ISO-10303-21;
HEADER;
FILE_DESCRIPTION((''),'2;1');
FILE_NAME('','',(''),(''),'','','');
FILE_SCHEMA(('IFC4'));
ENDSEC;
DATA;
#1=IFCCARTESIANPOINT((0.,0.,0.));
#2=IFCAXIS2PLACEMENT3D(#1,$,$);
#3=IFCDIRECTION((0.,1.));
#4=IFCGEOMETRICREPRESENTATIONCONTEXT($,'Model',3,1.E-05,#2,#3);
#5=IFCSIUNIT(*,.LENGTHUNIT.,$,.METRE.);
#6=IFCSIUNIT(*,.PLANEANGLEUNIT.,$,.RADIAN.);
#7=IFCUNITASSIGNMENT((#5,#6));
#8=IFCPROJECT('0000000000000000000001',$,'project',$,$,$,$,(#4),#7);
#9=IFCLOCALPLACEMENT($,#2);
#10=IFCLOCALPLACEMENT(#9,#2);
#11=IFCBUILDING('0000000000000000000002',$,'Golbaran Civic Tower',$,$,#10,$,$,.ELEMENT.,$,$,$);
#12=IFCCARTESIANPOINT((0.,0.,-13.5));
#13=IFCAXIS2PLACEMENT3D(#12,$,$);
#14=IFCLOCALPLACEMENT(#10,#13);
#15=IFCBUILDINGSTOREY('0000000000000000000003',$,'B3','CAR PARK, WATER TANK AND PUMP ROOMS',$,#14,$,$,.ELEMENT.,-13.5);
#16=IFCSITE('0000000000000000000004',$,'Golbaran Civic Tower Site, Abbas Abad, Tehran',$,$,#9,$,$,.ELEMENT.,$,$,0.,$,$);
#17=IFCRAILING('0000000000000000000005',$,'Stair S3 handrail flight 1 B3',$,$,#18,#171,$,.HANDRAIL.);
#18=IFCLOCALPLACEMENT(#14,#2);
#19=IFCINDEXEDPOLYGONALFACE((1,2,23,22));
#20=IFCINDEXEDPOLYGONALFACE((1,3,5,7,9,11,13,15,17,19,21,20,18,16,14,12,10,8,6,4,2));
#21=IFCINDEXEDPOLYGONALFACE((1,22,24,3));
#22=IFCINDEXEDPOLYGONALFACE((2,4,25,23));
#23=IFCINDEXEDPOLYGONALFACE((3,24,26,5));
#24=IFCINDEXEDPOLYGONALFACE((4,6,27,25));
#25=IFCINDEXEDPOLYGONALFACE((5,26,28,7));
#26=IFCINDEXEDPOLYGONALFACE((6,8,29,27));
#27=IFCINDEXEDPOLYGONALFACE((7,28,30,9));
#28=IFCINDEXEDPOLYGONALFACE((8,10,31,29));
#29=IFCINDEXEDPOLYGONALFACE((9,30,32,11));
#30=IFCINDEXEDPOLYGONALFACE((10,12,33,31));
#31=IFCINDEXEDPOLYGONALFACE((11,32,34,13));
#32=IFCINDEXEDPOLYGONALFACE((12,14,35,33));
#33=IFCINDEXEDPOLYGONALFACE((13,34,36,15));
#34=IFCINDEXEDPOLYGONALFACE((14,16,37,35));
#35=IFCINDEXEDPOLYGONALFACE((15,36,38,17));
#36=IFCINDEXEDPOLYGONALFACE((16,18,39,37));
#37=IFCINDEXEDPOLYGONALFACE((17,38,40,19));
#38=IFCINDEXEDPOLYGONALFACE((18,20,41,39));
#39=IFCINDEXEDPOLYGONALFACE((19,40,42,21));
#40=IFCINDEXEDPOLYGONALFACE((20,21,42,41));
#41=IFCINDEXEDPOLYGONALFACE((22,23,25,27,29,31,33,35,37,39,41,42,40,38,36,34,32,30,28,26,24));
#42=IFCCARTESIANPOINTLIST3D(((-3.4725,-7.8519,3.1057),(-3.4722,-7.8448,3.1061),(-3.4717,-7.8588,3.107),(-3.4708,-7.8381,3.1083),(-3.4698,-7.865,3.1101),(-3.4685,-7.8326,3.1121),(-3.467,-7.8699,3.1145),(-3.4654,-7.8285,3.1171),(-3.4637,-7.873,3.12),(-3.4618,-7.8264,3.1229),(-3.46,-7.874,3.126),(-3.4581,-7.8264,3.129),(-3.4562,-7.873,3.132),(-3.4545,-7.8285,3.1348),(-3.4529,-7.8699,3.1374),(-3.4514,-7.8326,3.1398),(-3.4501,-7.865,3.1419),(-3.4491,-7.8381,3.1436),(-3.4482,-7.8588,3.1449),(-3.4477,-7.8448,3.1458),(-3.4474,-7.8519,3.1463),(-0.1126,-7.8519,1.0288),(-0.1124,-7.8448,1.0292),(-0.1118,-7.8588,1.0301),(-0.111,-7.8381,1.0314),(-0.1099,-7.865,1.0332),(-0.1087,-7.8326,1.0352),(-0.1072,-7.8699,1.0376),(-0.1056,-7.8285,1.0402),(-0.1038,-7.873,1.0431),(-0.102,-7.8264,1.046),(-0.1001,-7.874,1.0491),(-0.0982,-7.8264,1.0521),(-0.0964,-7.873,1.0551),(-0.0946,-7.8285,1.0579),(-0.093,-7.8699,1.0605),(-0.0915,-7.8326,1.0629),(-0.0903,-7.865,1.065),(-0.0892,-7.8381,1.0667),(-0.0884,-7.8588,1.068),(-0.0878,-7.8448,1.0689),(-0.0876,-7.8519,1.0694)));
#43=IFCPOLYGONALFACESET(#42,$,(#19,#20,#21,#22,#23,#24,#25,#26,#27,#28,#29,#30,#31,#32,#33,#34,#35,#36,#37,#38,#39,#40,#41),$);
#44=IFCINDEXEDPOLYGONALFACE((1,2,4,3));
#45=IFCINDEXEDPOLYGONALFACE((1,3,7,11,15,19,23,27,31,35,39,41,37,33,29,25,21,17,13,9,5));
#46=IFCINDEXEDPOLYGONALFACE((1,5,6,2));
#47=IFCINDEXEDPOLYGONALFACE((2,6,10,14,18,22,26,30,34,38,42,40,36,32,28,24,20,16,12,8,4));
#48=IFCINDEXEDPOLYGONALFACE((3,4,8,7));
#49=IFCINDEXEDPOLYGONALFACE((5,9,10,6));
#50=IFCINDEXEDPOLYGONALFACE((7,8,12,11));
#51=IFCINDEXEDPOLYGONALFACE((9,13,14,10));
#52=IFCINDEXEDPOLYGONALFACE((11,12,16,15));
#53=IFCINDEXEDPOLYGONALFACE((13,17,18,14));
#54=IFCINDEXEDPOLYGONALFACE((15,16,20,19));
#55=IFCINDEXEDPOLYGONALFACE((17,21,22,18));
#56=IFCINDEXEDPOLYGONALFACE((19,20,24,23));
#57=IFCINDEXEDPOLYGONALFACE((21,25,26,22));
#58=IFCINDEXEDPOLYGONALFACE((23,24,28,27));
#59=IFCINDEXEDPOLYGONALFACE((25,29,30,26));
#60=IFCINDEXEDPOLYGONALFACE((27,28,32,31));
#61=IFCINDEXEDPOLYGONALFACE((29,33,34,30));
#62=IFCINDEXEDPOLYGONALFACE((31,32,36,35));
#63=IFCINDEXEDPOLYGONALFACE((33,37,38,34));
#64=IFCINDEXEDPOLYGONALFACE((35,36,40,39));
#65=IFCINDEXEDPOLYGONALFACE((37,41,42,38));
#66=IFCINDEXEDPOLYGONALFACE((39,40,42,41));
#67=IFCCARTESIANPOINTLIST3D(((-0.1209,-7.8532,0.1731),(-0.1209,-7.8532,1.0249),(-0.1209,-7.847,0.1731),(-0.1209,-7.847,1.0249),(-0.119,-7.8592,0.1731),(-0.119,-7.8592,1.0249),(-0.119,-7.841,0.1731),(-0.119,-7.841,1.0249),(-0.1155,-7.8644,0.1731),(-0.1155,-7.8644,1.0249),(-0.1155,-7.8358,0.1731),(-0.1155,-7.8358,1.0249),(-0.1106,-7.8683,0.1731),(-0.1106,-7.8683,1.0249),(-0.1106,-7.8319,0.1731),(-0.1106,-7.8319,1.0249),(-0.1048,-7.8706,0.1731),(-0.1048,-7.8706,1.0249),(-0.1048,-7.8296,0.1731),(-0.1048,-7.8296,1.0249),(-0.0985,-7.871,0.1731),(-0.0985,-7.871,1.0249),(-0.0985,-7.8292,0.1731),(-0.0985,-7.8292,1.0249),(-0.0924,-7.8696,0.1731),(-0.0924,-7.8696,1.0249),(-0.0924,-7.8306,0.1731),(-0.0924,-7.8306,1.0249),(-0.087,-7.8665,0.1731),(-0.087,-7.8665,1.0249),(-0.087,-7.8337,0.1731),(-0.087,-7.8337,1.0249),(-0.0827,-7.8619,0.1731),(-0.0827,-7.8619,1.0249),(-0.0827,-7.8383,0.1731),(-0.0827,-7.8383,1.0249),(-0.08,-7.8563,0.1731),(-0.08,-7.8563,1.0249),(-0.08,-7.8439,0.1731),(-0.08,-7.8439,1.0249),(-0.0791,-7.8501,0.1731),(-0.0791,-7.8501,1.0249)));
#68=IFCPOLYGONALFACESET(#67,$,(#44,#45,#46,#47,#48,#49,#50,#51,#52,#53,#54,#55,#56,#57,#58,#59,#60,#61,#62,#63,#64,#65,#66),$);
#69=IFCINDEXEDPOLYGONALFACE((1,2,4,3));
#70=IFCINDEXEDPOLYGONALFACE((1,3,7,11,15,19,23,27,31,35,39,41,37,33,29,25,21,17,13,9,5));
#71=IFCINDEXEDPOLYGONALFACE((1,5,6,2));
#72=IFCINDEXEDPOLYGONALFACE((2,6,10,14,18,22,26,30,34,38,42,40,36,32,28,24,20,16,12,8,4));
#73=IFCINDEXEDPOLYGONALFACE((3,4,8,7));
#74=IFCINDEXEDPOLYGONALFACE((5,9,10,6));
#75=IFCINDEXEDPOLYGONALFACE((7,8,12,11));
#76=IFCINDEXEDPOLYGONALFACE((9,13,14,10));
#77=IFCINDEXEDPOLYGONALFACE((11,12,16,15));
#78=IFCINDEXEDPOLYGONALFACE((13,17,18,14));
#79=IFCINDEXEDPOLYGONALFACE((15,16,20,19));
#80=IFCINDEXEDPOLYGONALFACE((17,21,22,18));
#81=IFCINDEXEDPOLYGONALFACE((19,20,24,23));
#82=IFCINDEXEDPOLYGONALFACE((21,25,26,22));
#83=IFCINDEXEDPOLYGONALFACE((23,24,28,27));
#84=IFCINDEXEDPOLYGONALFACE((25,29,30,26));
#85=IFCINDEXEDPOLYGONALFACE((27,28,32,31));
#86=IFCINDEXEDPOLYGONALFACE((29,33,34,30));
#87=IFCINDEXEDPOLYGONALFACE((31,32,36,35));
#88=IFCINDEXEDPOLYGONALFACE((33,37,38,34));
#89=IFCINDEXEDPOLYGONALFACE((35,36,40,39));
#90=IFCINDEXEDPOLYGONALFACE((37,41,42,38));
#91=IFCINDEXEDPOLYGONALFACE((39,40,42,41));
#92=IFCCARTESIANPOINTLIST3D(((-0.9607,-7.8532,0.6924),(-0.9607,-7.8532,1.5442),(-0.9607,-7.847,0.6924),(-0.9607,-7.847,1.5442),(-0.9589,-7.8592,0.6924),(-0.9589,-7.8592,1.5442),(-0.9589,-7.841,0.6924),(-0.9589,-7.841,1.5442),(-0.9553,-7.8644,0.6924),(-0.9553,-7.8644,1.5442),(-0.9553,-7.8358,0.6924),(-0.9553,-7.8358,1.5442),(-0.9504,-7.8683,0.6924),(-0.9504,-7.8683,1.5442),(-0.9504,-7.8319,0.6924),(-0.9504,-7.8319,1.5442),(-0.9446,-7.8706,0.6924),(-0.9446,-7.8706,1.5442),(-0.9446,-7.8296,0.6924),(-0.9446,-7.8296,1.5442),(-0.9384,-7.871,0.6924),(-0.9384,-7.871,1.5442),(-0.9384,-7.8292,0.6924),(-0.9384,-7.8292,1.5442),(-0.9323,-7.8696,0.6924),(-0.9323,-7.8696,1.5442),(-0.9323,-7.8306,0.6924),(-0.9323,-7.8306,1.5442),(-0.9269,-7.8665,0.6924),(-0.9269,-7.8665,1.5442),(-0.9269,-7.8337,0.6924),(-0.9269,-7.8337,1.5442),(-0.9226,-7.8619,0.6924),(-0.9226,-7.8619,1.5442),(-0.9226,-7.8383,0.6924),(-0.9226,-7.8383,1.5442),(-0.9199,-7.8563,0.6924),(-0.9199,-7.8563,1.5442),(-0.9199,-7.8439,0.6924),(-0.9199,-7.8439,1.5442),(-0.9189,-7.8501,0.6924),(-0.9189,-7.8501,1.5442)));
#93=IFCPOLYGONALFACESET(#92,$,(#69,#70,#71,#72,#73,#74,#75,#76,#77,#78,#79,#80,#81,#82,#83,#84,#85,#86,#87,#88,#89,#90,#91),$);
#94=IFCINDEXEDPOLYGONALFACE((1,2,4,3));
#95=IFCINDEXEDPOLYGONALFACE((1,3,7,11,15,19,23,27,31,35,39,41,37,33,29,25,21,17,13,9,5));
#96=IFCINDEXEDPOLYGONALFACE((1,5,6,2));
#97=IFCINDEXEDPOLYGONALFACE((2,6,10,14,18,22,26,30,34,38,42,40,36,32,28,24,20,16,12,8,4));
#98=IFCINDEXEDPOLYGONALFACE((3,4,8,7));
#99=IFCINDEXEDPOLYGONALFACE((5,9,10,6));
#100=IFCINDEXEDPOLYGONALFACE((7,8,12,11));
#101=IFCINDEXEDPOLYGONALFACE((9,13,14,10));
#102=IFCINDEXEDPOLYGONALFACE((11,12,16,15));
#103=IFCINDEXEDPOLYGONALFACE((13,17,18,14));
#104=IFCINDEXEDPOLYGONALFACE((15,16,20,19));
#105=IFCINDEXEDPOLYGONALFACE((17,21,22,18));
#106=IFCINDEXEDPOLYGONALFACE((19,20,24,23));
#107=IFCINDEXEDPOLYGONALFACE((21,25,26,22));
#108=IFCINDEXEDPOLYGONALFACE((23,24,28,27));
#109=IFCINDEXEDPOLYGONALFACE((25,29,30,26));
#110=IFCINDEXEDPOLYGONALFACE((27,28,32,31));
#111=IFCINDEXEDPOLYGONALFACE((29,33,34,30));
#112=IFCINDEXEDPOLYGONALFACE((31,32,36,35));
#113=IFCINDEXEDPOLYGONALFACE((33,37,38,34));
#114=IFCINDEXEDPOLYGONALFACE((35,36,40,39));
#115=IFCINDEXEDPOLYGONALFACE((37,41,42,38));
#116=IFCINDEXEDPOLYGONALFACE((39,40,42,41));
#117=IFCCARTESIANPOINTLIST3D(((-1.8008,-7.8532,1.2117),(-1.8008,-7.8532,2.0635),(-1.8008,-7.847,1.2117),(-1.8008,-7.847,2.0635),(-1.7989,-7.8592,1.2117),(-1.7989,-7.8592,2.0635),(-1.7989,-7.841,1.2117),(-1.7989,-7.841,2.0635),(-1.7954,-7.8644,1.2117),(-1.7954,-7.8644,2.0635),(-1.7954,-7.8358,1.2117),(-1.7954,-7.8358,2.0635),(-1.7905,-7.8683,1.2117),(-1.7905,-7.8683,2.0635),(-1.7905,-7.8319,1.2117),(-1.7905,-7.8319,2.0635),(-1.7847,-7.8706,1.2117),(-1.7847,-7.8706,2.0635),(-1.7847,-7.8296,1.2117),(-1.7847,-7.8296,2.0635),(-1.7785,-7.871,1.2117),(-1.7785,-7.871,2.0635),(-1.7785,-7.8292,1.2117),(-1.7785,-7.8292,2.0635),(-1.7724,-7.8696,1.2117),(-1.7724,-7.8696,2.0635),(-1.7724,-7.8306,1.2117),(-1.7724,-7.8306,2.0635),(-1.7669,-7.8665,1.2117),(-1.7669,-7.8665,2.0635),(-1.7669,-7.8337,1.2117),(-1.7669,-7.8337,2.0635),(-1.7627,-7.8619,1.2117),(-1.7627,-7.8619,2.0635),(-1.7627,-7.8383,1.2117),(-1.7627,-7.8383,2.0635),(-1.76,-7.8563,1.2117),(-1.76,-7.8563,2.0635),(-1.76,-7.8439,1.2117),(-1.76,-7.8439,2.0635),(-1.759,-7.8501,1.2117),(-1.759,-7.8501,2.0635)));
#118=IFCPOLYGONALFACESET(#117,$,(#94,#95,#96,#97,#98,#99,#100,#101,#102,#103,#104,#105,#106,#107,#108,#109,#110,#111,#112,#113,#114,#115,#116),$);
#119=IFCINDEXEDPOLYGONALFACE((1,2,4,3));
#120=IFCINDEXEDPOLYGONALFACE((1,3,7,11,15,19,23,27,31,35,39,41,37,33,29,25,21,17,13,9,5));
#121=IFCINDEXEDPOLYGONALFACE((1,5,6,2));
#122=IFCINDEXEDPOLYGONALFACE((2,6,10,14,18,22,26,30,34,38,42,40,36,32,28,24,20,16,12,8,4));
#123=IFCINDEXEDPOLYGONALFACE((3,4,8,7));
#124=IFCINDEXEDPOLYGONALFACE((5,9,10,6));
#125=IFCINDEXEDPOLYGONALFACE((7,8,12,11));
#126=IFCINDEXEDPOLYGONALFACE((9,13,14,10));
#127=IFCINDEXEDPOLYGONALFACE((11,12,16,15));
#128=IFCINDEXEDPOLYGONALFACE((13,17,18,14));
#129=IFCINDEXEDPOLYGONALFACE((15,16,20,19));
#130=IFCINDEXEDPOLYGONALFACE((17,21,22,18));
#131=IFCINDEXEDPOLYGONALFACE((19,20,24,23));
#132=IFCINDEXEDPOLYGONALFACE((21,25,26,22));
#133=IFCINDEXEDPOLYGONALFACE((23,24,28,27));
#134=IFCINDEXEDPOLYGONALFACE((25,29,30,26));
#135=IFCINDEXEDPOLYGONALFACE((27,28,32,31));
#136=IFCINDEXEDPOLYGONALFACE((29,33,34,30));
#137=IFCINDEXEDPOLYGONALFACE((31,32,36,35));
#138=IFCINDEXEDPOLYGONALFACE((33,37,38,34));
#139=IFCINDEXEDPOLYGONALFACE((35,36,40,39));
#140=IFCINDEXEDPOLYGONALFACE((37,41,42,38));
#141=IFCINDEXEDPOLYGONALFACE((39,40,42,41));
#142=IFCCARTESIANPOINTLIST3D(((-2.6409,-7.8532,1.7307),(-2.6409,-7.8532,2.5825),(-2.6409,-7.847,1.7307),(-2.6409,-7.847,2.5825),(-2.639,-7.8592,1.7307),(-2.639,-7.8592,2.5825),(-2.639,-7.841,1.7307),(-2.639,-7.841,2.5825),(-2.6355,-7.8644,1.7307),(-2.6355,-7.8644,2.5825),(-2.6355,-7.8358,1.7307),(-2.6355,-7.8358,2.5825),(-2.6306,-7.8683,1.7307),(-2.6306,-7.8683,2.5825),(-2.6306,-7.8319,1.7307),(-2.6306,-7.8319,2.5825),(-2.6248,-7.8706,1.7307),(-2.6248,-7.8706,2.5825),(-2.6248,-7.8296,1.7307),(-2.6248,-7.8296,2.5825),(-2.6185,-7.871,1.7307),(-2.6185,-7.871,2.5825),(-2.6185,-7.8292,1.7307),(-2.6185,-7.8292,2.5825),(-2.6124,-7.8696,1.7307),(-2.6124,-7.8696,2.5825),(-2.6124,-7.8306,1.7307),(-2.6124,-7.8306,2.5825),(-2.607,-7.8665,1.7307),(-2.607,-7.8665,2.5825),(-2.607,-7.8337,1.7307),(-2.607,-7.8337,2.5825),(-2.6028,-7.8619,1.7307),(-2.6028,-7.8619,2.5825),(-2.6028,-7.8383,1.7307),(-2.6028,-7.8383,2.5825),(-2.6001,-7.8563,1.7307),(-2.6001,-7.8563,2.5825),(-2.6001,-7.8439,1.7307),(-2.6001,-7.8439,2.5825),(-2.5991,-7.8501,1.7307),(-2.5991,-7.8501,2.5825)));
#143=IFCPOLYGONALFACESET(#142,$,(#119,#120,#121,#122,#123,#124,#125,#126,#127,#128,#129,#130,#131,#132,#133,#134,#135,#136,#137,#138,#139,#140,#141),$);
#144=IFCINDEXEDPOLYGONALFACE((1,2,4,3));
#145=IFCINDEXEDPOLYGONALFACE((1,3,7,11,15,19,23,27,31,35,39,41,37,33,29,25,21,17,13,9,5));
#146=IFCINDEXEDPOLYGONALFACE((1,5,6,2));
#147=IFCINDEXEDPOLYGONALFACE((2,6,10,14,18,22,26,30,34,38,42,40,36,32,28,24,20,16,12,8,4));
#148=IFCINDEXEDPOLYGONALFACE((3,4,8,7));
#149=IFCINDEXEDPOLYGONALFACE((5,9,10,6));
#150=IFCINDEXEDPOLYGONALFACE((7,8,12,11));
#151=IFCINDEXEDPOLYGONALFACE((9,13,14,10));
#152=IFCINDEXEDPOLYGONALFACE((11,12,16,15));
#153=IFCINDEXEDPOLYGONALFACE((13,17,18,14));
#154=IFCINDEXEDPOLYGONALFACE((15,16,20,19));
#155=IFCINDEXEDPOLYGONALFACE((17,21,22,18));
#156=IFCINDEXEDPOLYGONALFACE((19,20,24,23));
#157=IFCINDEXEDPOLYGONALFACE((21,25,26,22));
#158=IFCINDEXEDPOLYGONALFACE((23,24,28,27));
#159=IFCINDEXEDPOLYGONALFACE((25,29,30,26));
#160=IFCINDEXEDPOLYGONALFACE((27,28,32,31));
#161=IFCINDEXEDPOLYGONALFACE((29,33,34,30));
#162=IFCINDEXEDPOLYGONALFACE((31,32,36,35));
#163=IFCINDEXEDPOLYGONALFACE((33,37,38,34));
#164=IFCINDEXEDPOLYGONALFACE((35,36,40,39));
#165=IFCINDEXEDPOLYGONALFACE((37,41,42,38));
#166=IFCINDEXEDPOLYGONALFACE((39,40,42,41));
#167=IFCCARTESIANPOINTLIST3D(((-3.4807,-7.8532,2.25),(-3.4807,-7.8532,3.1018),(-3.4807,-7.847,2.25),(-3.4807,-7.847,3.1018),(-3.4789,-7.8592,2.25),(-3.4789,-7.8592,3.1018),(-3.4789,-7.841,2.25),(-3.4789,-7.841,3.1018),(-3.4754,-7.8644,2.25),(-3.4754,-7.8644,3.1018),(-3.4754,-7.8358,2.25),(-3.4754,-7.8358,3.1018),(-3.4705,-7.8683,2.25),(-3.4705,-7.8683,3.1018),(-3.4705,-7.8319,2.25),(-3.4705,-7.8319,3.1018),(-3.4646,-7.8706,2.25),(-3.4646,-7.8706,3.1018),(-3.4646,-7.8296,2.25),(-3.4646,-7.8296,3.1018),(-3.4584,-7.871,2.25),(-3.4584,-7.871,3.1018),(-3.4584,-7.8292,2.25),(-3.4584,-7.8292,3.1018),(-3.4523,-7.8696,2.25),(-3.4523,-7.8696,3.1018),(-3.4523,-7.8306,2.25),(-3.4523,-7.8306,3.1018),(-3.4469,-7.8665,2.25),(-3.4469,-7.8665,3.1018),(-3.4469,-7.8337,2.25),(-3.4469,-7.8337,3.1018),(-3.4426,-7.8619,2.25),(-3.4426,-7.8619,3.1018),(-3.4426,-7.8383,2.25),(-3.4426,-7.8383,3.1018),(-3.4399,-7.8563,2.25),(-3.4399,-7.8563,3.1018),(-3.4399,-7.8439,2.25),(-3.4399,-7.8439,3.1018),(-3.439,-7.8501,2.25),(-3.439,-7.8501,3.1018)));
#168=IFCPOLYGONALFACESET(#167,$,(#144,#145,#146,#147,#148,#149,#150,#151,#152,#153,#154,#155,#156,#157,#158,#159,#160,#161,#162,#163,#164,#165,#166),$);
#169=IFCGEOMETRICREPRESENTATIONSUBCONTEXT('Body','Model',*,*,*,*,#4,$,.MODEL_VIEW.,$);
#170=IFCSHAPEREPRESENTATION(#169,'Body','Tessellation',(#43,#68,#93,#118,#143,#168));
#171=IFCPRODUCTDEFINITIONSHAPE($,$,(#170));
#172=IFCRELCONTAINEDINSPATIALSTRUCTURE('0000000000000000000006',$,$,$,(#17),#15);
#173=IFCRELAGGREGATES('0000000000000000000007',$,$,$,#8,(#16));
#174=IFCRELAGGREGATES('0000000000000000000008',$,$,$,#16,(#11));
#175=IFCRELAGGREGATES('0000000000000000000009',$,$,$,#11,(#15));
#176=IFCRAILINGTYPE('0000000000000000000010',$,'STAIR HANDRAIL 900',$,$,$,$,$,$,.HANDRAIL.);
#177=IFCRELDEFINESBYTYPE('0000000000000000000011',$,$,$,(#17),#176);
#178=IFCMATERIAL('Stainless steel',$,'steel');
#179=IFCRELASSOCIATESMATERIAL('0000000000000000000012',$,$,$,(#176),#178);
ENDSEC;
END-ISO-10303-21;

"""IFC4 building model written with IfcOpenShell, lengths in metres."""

from ifc_helpers import new_model, si_unit, direction, frame, origin, origin_2d, place, context, subcontext, project, spatial, circle, extrude, material, type_object, element, save


model = new_model("IFC4")

# Units and contexts
model_context = context("Model", 3, precision=1e-05, world=origin(), true_north=direction((0.0, 1.0)))
body_context = subcontext(model_context, "Body", "Model", "MODEL_VIEW")
ifc_project = project(units=[si_unit("LENGTHUNIT", "METRE"), si_unit("PLANEANGLEUNIT", "RADIAN")], contexts=[model_context])

# Site, building, storey
site_placement = place(None, origin())
site = spatial("IfcSite", under=ifc_project, at=site_placement, Name="Golbaran Civic Tower Site, Abbas Abad, Tehran", CompositionType="ELEMENT", RefElevation=0.0)
building_placement = place(site_placement, origin())
building = spatial("IfcBuilding", under=site, at=building_placement, Name="Golbaran Civic Tower", CompositionType="ELEMENT")
storey_placement = place(building_placement, frame((0.0, 0.0, -13.5)))
storey = spatial("IfcBuildingStorey", under=building, at=storey_placement, Name="B3", Description="CAR PARK, WATER TANK AND PUMP ROOMS", CompositionType="ELEMENT", Elevation=-13.5)

# Railing
ifc_material_1 = material(Name="Stainless steel", Category="steel")
railing_type = type_object("IfcRailingType", Name="STAIR HANDRAIL 900", PredefinedType="HANDRAIL", material=ifc_material_1)
railing_1_placement = place(storey_placement, frame((-0.1001, -7.8501, 0.1731)))
element("IfcRailing", 1, at=railing_1_placement, inside=storey, type_object=railing_type, Name="Stair S3 handrail flight 1 B3", PredefinedType="HANDRAIL", context=body_context, shape_type="SweptSolid", body=[
    extrude(circle(Radius=0.0239, at=origin_2d()), frame((0.0, 0.0, 0.876), z_axis=(-0.850606, 0.0, 0.525803), x_axis=(0.0, -1.0, 0.0)), (0.0, 0.0, 1.0), 3.95),
    extrude(circle(Radius=0.021, at=origin_2d()), origin(), (0.0, 0.0, 1.0), 0.8518),
    extrude(circle(Radius=0.021, at=origin_2d()), frame((-0.8398, 0.0, 0.5193)), (0.0, 0.0, 1.0), 0.8518),
    extrude(circle(Radius=0.021, at=origin_2d()), frame((-1.6799, 0.0, 1.0386)), (0.0, 0.0, 1.0), 0.8518),
    extrude(circle(Radius=0.021, at=origin_2d()), frame((-2.52, 0.0, 1.5576)), (0.0, 0.0, 1.0), 0.8518),
    extrude(circle(Radius=0.021, at=origin_2d()), frame((-3.3599, 0.0, 2.0769)), (0.0, 0.0, 1.0), 0.8518),
])

save(model, "model.ifc")
